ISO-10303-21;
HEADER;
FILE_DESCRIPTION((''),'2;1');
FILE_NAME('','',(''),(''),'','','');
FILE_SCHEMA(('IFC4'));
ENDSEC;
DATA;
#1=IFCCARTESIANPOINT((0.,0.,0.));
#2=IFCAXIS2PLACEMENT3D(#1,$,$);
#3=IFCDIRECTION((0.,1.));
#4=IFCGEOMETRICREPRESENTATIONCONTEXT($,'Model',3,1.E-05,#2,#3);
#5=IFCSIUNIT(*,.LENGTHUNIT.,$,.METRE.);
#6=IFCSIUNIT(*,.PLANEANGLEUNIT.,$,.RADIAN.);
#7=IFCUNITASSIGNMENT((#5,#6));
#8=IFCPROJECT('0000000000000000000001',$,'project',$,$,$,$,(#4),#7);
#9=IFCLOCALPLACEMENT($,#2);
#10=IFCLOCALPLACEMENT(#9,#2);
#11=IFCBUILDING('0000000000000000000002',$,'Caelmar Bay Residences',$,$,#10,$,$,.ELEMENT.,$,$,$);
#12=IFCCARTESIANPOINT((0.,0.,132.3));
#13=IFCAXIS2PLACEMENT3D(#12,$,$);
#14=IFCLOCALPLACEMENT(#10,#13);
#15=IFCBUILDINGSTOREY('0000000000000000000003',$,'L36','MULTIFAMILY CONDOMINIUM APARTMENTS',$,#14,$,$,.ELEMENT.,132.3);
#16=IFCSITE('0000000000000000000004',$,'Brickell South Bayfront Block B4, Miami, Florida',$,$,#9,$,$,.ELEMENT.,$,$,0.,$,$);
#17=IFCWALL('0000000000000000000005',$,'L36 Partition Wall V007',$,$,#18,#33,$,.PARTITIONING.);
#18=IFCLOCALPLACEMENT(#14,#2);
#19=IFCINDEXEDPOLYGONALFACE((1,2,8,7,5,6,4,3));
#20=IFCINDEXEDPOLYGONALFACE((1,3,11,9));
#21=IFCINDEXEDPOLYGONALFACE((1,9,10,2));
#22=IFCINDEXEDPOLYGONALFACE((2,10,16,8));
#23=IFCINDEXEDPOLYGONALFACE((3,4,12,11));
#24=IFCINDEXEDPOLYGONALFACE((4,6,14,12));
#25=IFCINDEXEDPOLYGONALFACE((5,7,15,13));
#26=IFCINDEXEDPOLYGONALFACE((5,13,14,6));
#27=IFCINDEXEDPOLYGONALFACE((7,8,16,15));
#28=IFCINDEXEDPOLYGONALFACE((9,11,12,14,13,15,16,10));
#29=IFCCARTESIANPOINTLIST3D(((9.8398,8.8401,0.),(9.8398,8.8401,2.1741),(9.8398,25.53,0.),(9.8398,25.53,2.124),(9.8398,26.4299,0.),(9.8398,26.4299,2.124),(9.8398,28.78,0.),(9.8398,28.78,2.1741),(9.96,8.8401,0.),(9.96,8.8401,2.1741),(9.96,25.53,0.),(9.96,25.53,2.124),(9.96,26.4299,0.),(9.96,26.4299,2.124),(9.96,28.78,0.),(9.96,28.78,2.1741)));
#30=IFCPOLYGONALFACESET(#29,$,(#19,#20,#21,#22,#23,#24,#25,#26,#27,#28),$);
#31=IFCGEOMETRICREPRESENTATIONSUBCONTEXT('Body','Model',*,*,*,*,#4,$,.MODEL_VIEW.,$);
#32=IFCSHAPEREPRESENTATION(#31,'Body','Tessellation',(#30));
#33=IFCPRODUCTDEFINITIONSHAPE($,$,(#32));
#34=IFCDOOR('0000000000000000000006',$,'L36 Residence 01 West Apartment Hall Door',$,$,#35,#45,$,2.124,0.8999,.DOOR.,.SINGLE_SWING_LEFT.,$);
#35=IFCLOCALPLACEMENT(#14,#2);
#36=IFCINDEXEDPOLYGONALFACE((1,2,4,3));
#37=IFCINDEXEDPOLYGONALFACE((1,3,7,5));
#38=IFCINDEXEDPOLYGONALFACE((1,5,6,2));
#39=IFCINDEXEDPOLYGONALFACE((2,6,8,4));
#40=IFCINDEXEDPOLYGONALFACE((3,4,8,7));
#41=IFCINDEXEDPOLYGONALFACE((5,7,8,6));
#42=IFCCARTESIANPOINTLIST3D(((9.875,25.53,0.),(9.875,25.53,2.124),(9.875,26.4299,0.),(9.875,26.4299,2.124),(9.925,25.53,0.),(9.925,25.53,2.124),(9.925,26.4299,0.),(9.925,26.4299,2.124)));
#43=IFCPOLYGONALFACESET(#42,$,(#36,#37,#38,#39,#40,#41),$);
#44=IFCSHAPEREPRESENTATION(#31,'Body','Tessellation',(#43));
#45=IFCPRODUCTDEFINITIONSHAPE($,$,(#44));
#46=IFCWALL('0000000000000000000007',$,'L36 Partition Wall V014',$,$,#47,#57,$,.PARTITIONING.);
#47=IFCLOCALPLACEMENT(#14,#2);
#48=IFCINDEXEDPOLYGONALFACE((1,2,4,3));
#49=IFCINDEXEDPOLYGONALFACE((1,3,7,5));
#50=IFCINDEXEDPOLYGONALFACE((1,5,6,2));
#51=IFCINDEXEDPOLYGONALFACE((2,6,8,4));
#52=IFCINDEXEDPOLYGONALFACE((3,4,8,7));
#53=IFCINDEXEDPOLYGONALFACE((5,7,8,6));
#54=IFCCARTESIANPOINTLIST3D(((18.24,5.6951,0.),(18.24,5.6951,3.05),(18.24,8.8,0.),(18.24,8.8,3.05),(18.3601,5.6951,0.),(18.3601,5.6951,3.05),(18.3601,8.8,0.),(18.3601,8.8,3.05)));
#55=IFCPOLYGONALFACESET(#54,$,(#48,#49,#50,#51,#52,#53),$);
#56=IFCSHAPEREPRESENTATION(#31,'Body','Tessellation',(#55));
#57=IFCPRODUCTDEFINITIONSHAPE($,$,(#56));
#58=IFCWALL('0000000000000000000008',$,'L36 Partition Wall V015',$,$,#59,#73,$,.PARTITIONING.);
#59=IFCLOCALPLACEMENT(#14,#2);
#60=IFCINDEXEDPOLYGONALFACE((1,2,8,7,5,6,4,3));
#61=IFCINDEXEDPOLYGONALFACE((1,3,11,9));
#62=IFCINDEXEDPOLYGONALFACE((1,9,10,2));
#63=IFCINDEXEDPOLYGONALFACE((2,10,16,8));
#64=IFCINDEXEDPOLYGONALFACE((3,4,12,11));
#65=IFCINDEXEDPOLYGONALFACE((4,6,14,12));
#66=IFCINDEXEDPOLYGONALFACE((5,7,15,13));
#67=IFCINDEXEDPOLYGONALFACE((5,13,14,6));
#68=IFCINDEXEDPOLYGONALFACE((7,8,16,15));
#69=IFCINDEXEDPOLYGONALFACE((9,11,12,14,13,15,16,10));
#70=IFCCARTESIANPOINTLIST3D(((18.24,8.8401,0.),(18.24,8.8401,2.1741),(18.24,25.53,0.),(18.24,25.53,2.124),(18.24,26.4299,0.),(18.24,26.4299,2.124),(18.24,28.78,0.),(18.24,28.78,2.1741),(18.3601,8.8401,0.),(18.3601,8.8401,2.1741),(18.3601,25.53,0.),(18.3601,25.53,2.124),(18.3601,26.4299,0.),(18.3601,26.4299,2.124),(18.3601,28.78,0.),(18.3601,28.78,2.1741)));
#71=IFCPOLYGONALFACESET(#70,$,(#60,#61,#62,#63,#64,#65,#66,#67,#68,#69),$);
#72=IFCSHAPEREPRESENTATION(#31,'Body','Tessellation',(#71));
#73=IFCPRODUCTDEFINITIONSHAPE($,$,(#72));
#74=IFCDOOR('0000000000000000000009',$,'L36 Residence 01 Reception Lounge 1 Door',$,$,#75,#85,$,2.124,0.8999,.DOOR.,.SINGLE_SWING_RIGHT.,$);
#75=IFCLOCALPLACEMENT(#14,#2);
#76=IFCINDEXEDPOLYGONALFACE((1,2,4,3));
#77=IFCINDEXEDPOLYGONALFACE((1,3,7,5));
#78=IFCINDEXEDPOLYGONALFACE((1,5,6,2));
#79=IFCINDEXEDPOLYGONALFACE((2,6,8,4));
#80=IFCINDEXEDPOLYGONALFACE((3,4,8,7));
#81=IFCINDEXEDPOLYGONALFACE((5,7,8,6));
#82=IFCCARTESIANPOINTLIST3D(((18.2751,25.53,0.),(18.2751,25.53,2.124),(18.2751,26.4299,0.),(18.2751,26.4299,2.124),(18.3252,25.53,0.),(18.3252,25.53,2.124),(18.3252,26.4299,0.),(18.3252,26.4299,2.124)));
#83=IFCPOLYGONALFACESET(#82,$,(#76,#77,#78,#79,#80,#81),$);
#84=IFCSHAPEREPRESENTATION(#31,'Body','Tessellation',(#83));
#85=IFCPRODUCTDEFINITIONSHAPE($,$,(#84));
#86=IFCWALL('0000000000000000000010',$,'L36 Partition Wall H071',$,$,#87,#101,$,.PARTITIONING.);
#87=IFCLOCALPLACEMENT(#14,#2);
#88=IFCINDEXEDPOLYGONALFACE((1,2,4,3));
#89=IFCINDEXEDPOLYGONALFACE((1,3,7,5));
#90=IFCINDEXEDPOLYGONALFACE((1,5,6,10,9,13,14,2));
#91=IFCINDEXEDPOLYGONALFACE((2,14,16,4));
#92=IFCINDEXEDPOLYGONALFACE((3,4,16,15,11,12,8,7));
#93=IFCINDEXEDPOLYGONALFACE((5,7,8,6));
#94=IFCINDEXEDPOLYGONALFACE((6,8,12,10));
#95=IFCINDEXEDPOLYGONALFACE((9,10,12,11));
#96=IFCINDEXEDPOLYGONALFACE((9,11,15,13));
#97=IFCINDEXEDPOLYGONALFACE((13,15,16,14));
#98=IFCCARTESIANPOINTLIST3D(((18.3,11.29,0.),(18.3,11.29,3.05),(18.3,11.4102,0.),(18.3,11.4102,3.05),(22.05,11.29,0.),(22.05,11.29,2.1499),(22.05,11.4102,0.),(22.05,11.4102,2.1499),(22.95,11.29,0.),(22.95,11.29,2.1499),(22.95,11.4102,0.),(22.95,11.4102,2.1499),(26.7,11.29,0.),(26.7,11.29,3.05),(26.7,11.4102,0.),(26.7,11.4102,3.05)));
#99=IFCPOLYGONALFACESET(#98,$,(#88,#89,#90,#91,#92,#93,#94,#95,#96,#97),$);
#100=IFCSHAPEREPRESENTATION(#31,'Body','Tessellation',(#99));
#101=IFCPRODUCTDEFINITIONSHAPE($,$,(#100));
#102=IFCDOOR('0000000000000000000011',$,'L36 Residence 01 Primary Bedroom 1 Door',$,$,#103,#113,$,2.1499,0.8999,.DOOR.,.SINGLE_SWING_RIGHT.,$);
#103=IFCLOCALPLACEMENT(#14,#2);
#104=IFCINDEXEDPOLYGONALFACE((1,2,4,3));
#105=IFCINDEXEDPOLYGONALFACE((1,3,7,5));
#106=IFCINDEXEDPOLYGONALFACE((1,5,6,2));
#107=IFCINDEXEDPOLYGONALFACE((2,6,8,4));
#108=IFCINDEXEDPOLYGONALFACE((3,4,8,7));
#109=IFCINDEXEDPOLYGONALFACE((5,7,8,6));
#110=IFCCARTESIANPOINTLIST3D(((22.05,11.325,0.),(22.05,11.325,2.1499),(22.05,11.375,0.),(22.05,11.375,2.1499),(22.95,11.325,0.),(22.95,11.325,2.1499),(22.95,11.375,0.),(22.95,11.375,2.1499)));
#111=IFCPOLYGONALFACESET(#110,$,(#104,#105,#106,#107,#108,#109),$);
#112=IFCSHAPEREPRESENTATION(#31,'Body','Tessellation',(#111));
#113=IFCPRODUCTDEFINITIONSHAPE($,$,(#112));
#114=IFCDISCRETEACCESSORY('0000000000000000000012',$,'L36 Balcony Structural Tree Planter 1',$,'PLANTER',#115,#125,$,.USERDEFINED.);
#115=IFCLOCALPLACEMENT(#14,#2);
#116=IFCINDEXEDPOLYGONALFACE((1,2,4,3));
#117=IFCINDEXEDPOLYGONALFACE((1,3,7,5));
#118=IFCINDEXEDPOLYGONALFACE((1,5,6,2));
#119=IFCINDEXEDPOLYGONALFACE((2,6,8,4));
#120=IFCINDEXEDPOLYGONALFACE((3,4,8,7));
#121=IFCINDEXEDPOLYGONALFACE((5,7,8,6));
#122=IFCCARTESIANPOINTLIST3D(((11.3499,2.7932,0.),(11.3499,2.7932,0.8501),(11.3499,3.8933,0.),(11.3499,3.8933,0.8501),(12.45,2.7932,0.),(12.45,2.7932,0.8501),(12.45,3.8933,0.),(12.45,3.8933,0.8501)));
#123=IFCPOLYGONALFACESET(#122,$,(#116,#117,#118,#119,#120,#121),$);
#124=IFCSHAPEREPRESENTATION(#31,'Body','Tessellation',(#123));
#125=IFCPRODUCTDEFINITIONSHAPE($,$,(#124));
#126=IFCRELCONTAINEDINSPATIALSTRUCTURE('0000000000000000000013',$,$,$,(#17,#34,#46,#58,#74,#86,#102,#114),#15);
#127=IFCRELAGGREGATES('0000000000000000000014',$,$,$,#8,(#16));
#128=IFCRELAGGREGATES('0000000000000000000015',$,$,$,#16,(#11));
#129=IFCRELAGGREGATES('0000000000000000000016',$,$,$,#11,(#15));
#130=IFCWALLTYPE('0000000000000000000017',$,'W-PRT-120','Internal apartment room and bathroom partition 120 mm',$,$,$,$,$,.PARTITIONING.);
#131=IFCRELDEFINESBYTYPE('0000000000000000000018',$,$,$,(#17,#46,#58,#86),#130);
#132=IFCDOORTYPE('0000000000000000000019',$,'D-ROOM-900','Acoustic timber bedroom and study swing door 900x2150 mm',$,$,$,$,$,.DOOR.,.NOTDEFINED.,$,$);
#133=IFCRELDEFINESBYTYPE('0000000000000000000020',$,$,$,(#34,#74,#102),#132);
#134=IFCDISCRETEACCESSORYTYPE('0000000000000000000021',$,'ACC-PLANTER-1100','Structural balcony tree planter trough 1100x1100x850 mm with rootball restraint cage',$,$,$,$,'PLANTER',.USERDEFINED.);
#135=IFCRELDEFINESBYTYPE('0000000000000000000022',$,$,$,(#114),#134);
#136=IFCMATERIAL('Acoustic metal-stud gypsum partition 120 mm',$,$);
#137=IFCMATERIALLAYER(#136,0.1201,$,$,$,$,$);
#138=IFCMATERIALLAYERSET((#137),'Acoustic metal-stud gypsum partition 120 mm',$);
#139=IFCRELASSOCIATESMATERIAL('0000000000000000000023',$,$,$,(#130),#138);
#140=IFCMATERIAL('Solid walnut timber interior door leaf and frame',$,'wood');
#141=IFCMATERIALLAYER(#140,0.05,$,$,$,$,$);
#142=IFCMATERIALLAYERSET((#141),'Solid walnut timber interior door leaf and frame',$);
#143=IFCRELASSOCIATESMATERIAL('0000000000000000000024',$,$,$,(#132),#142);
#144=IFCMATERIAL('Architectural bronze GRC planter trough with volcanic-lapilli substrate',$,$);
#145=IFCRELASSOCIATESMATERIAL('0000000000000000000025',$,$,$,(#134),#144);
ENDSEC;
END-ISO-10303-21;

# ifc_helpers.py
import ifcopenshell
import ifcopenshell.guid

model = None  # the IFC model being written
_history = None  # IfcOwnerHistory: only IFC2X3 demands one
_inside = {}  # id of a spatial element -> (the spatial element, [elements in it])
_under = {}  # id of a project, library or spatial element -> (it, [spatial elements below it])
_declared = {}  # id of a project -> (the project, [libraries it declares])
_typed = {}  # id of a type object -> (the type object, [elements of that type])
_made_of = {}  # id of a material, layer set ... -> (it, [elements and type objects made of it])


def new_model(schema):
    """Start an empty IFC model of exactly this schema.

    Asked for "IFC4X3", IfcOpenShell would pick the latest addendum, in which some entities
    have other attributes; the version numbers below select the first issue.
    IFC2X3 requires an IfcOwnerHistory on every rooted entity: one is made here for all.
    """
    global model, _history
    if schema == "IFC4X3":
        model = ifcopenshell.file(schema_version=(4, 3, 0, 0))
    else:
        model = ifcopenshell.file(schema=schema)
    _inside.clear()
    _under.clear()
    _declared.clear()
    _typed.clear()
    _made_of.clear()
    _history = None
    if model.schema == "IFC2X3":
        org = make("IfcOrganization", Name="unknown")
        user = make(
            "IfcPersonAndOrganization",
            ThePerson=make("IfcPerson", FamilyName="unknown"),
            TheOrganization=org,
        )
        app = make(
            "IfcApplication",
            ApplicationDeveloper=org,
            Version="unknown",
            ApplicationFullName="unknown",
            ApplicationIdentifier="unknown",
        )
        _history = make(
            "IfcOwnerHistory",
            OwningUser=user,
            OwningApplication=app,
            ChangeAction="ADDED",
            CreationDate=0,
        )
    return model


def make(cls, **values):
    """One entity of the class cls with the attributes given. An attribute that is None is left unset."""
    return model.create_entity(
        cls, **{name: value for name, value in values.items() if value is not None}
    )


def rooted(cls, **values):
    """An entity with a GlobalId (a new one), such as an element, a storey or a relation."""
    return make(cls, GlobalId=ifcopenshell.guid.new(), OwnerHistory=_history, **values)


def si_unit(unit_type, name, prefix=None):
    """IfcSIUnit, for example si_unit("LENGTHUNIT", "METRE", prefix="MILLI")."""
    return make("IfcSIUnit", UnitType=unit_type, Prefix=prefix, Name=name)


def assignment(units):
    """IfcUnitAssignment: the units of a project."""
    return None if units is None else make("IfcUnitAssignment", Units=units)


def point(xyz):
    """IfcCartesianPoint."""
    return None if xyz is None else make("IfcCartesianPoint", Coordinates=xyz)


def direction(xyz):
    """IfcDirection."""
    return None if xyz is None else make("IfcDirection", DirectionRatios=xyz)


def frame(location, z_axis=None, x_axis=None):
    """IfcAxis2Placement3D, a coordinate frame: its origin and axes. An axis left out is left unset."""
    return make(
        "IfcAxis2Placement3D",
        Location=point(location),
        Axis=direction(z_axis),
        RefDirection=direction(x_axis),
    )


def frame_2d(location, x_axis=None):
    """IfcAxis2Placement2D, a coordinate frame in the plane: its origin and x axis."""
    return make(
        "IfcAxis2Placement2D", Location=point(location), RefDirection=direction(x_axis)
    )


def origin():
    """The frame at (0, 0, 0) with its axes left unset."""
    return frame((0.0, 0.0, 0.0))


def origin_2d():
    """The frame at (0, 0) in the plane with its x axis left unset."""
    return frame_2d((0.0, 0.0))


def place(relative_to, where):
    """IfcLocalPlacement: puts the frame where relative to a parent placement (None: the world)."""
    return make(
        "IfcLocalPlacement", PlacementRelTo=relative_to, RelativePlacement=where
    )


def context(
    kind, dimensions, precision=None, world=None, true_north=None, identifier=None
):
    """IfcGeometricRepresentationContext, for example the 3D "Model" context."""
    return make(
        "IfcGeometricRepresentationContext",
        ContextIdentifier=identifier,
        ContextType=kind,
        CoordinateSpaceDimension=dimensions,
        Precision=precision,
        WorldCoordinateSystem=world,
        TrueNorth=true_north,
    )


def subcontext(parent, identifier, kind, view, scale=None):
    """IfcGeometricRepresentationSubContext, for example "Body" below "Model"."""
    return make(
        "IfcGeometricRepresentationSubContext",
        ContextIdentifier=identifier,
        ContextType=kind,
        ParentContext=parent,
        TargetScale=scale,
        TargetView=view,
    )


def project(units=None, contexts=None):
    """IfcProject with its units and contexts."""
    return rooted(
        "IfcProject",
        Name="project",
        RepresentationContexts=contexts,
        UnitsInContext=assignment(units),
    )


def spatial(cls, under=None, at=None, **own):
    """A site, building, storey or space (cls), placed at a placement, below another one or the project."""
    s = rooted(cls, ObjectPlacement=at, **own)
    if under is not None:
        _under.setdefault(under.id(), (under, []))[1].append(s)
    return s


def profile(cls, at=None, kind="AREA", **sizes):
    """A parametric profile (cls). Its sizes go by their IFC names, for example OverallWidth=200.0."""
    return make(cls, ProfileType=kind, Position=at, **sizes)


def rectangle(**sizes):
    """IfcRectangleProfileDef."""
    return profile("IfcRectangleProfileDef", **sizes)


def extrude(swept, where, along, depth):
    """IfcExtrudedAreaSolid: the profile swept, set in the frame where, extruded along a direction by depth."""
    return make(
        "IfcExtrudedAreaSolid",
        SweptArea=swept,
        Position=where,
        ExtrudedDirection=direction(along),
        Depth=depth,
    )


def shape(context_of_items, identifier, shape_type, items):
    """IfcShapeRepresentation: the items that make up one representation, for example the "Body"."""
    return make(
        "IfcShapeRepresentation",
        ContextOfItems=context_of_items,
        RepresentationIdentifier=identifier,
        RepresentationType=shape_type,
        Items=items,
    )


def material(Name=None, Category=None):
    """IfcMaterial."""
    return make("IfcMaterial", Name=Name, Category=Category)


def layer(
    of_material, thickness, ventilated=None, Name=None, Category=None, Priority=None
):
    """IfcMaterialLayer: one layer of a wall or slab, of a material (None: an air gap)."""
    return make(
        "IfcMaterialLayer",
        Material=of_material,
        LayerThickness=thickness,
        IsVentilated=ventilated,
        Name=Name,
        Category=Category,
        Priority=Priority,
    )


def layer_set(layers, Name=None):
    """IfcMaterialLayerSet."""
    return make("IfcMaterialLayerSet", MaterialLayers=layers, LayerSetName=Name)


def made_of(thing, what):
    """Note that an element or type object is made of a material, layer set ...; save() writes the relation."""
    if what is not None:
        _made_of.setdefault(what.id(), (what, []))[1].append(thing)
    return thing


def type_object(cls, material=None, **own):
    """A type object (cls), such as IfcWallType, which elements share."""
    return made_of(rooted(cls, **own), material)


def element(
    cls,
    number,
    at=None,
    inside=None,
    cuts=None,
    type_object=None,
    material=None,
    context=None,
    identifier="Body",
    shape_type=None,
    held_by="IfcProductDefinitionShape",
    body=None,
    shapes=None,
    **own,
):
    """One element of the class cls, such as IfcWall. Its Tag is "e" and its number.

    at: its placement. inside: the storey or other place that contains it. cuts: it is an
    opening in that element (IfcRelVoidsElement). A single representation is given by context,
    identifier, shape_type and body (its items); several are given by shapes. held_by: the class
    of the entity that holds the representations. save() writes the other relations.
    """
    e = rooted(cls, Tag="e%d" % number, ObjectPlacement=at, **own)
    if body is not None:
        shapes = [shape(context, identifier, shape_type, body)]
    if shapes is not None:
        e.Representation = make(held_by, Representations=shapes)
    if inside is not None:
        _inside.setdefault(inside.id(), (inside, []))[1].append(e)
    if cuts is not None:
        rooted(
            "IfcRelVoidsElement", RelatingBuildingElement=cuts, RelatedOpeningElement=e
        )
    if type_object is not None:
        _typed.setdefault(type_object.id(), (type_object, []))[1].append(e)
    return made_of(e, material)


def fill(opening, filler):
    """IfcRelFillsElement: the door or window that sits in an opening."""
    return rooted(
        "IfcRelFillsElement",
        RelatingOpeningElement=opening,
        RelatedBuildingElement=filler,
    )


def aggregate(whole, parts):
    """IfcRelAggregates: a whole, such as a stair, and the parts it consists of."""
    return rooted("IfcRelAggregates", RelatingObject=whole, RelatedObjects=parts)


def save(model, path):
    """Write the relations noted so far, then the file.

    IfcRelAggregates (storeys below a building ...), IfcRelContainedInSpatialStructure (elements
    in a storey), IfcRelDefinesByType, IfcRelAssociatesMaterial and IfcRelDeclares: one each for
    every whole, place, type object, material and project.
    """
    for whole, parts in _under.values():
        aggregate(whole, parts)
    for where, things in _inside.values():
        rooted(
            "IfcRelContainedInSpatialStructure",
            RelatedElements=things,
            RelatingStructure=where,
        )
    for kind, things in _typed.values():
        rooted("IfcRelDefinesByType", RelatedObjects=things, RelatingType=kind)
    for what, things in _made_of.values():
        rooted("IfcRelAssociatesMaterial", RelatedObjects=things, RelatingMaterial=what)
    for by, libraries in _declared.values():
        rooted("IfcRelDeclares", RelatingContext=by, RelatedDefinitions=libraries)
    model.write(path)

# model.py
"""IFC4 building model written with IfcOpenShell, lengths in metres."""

from ifc_helpers import new_model, si_unit, direction, frame, frame_2d, origin, origin_2d, place, context, subcontext, project, spatial, rectangle, extrude, material, layer, layer_set, type_object, element, fill, save


model = new_model("IFC4")

# Units and contexts
model_context = context("Model", 3, precision=1e-05, world=origin(), true_north=direction((0.0, 1.0)))
body_context = subcontext(model_context, "Body", "Model", "MODEL_VIEW")
ifc_project = project(units=[si_unit("LENGTHUNIT", "METRE"), si_unit("PLANEANGLEUNIT", "RADIAN")], contexts=[model_context])

# Site, building, storey
site_placement = place(None, origin())
site = spatial("IfcSite", under=ifc_project, at=site_placement, Name="Brickell South Bayfront Block B4, Miami, Florida", CompositionType="ELEMENT", RefElevation=0.0)
building_placement = place(site_placement, origin())
building = spatial("IfcBuilding", under=site, at=building_placement, Name="Caelmar Bay Residences", CompositionType="ELEMENT")
storey_placement = place(building_placement, frame((0.0, 0.0, 132.3)))
storey = spatial("IfcBuildingStorey", under=building, at=storey_placement, Name="L36", Description="MULTIFAMILY CONDOMINIUM APARTMENTS", CompositionType="ELEMENT", Elevation=132.3)

# Shared definitions
ifc_material_1 = material(Name="Acoustic metal-stud gypsum partition 120 mm")
ifc_layer_1 = layer(ifc_material_1, 0.1201)
ifc_layer_set_1 = layer_set([ifc_layer_1], Name="Acoustic metal-stud gypsum partition 120 mm")
wall_type_1 = type_object("IfcWallType", Name="W-PRT-120", Description="Internal apartment room and bathroom partition 120 mm", PredefinedType="PARTITIONING", material=ifc_layer_set_1)
ifc_material_2 = material(Name="Solid walnut timber interior door leaf and frame", Category="wood")
ifc_layer_2 = layer(ifc_material_2, 0.05)
ifc_layer_set_2 = layer_set([ifc_layer_2], Name="Solid walnut timber interior door leaf and frame")
door_type = type_object("IfcDoorType", Name="D-ROOM-900", Description="Acoustic timber bedroom and study swing door 900x2150 mm", OperationType="NOTDEFINED", PredefinedType="DOOR", material=ifc_layer_set_2)

# Wall, opening, door
wall_1_placement = place(storey_placement, frame((9.8999, 8.8401, 0.0), z_axis=(0.0, 0.0, 1.0), x_axis=(0.0, 1.0, 0.0)))
wall_1 = element("IfcWall", 1, at=wall_1_placement, inside=storey, type_object=wall_type_1, Name="L36 Partition Wall V007", PredefinedType="PARTITIONING", context=body_context, shape_type="SweptSolid", body=[
    extrude(rectangle(XDim=19.9399, YDim=0.1201, at=frame_2d((9.97, 0.0))), origin(), (0.0, 0.0, 1.0), 2.1741),
])
opening_1_placement = place(wall_1_placement, frame((16.6899, 0.0, 0.0)))
opening_1 = element("IfcOpeningElement", 2, at=opening_1_placement, cuts=wall_1, PredefinedType="OPENING", context=body_context, shape_type="SweptSolid", body=[
    extrude(rectangle(XDim=0.8999, YDim=2.124, at=frame_2d((0.45, 1.062))), frame((0.0, 0.0701, 0.0), z_axis=(0.0, -1.0, 0.0), x_axis=(1.0, 0.0, 0.0)), (0.0, 0.0, 1.0), 0.1401),
])
door_1_placement = place(opening_1_placement, origin())
door_1 = element("IfcDoor", 3, at=door_1_placement, inside=storey, type_object=door_type, Name="L36 Residence 01 West Apartment Hall Door", OperationType="SINGLE_SWING_LEFT", OverallHeight=2.124, OverallWidth=0.8999, PredefinedType="DOOR", context=body_context, shape_type="SweptSolid", body=[
    extrude(rectangle(XDim=0.8999, YDim=2.124, at=frame_2d((0.45, 1.062))), frame((0.0, 0.0249, 0.0), z_axis=(0.0, -1.0, 0.0), x_axis=(1.0, 0.0, 0.0)), (0.0, 0.0, 1.0), 0.05),
])
fill(opening_1, door_1)

# Wall
wall_2_placement = place(storey_placement, frame((18.3, 5.6951, 0.0), z_axis=(0.0, 0.0, 1.0), x_axis=(0.0, 1.0, 0.0)))
element("IfcWall", 4, at=wall_2_placement, inside=storey, type_object=wall_type_1, Name="L36 Partition Wall V014", PredefinedType="PARTITIONING", context=body_context, shape_type="SweptSolid", body=[
    extrude(rectangle(XDim=3.105, YDim=0.1201, at=frame_2d((1.5525, 0.0))), origin(), (0.0, 0.0, 1.0), 3.05),
])

# Walls, openings, doors
wall_3_placement = place(storey_placement, frame((18.3, 8.8401, 0.0), z_axis=(0.0, 0.0, 1.0), x_axis=(0.0, 1.0, 0.0)))
wall_3 = element("IfcWall", 5, at=wall_3_placement, inside=storey, type_object=wall_type_1, Name="L36 Partition Wall V015", PredefinedType="PARTITIONING", context=body_context, shape_type="SweptSolid", body=[
    extrude(rectangle(XDim=19.9399, YDim=0.1201, at=frame_2d((9.97, 0.0))), origin(), (0.0, 0.0, 1.0), 2.1741),
])
opening_2_placement = place(wall_3_placement, frame((16.6899, 0.0, 0.0)))
opening_2 = element("IfcOpeningElement", 6, at=opening_2_placement, cuts=wall_3, PredefinedType="OPENING", context=body_context, shape_type="SweptSolid", body=[
    extrude(rectangle(XDim=0.8999, YDim=2.124, at=frame_2d((0.45, 1.062))), frame((0.0, 0.0701, 0.0), z_axis=(0.0, -1.0, 0.0), x_axis=(1.0, 0.0, 0.0)), (0.0, 0.0, 1.0), 0.1401),
])
door_2_placement = place(opening_2_placement, origin())
door_2 = element("IfcDoor", 7, at=door_2_placement, inside=storey, type_object=door_type, Name="L36 Residence 01 Reception Lounge 1 Door", OperationType="SINGLE_SWING_RIGHT", OverallHeight=2.124, OverallWidth=0.8999, PredefinedType="DOOR", context=body_context, shape_type="SweptSolid", body=[
    extrude(rectangle(XDim=0.8999, YDim=2.124, at=frame_2d((0.45, 1.062))), frame((0.0, 0.0249, 0.0), z_axis=(0.0, -1.0, 0.0), x_axis=(1.0, 0.0, 0.0)), (0.0, 0.0, 1.0), 0.05),
])
fill(opening_2, door_2)
wall_4_placement = place(storey_placement, frame((18.3, 11.3501, 0.0), z_axis=(0.0, 0.0, 1.0), x_axis=(1.0, 0.0, 0.0)))
wall_4 = element("IfcWall", 8, at=wall_4_placement, inside=storey, type_object=wall_type_1, Name="L36 Partition Wall H071", PredefinedType="PARTITIONING", context=body_context, shape_type="SweptSolid", body=[
    extrude(rectangle(XDim=8.3999, YDim=0.1201, at=frame_2d((4.2, 0.0))), origin(), (0.0, 0.0, 1.0), 3.05),
])
opening_3_placement = place(wall_4_placement, frame((3.75, 0.0, 0.0)))
opening_3 = element("IfcOpeningElement", 9, at=opening_3_placement, cuts=wall_4, PredefinedType="OPENING", context=body_context, shape_type="SweptSolid", body=[
    extrude(rectangle(XDim=0.8999, YDim=2.1499, at=frame_2d((0.45, 1.075))), frame((0.0, 0.0701, 0.0), z_axis=(0.0, -1.0, 0.0), x_axis=(1.0, 0.0, 0.0)), (0.0, 0.0, 1.0), 0.1401),
])
door_3_placement = place(opening_3_placement, origin())
door_3 = element("IfcDoor", 10, at=door_3_placement, inside=storey, type_object=door_type, Name="L36 Residence 01 Primary Bedroom 1 Door", OperationType="SINGLE_SWING_RIGHT", OverallHeight=2.1499, OverallWidth=0.8999, PredefinedType="DOOR", context=body_context, shape_type="SweptSolid", body=[
    extrude(rectangle(XDim=0.8999, YDim=2.1499, at=frame_2d((0.45, 1.075))), frame((0.0, 0.0249, 0.0), z_axis=(0.0, -1.0, 0.0), x_axis=(1.0, 0.0, 0.0)), (0.0, 0.0, 1.0), 0.05),
])
fill(opening_3, door_3)

# Discrete accessory
ifc_material_3 = material(Name="Architectural bronze GRC planter trough with volcanic-lapilli substrate")
discrete_accessory_type = type_object("IfcDiscreteAccessoryType", Name="ACC-PLANTER-1100", Description="Structural balcony tree planter trough 1100x1100x850 mm with rootball restraint cage", ElementType="PLANTER", PredefinedType="USERDEFINED", material=ifc_material_3)
discrete_accessory_placement = place(storey_placement, frame((11.8999, 3.3433, 0.0), z_axis=(0.0, 0.0, 1.0), x_axis=(1.0, 0.0, 0.0)))
element("IfcDiscreteAccessory", 11, at=discrete_accessory_placement, inside=storey, type_object=discrete_accessory_type, Name="L36 Balcony Structural Tree Planter 1", ObjectType="PLANTER", PredefinedType="USERDEFINED", context=body_context, shape_type="SweptSolid", body=[
    extrude(rectangle(XDim=1.1001, YDim=1.1001, at=origin_2d()), origin(), (0.0, 0.0, 1.0), 0.8501),
])

save(model, "model.ifc")
